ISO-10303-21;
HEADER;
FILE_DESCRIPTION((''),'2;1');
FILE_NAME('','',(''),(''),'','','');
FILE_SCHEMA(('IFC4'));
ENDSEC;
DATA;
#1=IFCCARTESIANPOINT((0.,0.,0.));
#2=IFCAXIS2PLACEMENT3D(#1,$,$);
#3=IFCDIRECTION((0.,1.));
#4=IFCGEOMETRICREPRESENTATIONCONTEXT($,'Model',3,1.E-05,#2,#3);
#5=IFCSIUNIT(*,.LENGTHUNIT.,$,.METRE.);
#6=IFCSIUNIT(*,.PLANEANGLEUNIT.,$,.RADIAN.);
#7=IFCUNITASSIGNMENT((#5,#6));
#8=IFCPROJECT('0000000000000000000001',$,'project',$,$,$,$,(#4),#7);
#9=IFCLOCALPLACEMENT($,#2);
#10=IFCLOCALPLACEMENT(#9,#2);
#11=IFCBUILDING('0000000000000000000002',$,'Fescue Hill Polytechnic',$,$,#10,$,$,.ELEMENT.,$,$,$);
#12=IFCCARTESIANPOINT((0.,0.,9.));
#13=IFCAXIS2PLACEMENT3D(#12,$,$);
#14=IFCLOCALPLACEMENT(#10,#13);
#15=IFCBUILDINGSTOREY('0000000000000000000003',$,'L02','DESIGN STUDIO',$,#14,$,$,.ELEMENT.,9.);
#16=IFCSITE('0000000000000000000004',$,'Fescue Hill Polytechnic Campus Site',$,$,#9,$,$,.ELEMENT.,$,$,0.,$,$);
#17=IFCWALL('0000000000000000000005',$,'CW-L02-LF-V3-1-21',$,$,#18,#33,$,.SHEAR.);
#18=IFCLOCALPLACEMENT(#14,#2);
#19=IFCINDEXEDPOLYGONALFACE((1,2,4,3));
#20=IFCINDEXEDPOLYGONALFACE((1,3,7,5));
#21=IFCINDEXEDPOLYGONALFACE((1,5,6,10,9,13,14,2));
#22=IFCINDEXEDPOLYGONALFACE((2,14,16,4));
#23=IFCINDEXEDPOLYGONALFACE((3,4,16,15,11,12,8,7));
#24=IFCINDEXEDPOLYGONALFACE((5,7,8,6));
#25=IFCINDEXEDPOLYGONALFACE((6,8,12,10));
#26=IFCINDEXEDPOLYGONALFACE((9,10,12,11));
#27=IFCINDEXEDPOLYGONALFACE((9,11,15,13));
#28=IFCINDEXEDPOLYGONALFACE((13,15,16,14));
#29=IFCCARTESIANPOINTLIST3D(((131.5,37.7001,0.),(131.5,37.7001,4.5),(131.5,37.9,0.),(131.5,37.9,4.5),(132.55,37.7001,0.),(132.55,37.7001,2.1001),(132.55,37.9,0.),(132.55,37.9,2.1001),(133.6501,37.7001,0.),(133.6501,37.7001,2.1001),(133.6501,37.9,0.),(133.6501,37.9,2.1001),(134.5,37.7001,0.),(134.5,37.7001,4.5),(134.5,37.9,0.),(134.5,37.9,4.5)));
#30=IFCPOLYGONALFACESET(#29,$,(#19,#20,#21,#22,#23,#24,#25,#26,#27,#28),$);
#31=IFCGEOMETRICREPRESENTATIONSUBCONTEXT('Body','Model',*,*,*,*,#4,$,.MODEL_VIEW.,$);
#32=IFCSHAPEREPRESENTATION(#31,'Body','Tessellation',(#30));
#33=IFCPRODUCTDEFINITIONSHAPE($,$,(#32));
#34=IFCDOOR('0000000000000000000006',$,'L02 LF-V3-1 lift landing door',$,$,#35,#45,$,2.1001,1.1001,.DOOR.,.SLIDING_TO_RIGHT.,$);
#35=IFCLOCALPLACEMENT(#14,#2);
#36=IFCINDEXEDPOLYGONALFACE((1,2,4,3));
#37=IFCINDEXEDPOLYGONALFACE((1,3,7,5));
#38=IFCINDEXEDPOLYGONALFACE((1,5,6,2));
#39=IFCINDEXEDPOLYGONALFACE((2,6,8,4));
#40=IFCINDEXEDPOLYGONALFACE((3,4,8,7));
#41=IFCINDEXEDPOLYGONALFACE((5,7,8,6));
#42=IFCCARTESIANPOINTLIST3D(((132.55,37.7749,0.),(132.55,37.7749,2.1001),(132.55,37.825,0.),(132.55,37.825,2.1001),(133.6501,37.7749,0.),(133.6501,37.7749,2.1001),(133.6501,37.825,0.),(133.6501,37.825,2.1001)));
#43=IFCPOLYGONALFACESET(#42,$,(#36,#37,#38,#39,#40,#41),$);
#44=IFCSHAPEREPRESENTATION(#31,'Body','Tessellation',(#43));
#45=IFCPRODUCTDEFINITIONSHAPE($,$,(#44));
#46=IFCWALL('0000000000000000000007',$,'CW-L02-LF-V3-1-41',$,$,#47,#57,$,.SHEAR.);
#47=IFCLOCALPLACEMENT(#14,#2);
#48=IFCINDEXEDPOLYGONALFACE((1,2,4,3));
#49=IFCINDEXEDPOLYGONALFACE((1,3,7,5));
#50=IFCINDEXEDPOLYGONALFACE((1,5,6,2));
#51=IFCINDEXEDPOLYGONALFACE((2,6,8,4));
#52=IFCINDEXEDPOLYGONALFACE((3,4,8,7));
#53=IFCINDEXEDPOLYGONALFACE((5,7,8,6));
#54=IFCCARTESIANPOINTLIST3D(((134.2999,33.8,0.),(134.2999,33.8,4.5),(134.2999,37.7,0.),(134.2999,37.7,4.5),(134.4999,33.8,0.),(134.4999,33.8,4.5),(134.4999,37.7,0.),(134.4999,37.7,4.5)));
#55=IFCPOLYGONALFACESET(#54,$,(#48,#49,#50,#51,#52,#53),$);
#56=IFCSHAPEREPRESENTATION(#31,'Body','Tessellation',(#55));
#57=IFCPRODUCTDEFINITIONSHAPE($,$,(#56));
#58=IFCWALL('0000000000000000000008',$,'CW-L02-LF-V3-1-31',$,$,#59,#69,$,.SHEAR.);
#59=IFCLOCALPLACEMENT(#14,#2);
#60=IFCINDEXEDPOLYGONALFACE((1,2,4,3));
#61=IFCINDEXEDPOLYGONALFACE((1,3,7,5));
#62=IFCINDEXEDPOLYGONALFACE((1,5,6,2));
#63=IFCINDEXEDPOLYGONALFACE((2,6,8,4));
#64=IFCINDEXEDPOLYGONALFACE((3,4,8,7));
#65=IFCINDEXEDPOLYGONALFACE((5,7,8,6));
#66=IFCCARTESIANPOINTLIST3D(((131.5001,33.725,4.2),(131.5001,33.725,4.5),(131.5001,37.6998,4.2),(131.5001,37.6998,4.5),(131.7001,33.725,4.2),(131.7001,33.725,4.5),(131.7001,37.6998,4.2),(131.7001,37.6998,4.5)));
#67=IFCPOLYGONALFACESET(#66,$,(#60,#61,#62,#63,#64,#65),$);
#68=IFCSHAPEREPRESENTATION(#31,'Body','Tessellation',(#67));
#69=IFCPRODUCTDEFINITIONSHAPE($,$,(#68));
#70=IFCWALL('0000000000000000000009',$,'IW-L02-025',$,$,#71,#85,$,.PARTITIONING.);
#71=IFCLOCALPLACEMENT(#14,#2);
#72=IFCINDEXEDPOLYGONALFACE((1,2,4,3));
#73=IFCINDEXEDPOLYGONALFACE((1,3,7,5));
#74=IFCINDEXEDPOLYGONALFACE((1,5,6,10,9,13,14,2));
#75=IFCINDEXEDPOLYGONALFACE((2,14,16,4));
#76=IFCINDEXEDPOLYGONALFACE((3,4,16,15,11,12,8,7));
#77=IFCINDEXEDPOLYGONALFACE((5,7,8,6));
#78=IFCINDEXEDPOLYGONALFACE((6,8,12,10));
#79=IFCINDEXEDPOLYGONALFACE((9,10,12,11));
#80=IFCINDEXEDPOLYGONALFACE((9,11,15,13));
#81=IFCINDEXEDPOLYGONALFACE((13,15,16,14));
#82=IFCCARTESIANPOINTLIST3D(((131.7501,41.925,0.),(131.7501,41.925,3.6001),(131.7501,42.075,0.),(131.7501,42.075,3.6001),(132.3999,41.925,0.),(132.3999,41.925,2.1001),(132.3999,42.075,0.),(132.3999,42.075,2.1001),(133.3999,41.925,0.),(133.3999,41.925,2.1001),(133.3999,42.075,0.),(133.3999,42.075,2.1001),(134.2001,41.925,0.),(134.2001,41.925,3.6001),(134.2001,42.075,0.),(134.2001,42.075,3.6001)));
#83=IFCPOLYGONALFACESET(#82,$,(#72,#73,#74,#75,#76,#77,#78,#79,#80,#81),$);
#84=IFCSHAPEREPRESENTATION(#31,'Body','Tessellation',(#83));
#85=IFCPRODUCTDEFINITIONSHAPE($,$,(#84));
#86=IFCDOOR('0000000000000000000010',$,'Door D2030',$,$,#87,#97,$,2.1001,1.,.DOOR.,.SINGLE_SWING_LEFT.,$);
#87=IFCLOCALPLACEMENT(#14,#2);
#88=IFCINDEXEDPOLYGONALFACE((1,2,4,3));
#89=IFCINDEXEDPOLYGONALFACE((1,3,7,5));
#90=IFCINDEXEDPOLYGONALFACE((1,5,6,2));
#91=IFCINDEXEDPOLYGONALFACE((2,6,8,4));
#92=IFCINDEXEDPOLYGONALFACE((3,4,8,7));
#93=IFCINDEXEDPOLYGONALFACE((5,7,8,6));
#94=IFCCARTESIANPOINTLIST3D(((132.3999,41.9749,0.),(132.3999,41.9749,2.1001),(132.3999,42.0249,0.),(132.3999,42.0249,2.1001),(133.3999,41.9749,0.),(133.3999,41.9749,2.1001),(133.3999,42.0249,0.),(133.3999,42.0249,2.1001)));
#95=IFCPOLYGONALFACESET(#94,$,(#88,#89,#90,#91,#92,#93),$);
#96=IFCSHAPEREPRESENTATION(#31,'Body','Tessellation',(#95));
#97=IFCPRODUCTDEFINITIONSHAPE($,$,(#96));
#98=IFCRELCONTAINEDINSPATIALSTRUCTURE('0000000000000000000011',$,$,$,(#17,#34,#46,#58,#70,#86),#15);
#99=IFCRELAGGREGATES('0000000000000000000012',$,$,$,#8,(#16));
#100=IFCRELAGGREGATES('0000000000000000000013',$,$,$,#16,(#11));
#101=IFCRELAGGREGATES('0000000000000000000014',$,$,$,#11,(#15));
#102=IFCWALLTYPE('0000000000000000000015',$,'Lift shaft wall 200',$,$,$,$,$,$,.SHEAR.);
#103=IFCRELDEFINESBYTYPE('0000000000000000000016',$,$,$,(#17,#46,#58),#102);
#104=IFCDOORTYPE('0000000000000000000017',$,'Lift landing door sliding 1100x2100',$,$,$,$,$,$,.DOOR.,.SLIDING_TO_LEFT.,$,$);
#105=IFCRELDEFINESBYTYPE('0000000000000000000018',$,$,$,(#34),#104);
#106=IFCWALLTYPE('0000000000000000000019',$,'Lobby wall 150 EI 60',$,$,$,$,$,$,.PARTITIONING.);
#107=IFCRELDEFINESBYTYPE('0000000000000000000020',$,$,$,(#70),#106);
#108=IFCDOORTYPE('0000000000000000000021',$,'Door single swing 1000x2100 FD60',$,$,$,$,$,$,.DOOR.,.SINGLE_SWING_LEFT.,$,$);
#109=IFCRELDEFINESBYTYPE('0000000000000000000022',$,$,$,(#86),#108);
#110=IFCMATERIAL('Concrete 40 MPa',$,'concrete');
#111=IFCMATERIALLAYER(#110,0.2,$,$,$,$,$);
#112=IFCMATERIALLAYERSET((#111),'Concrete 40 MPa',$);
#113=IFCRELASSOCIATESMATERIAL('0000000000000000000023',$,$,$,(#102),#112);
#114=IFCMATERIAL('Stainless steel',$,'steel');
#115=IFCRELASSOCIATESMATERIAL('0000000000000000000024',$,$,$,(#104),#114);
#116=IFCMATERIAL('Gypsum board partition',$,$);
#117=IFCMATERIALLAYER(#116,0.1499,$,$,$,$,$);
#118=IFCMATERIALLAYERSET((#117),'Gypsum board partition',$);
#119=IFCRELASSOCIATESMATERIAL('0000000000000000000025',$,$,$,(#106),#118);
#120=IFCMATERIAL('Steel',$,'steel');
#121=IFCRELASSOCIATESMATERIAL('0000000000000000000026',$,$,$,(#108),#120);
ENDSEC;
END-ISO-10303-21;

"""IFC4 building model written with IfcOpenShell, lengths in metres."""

from ifc_helpers import new_model, si_unit, direction, frame, frame_2d, origin, place, context, subcontext, project, spatial, rectangle, extrude, material, layer, layer_set, type_object, element, fill, save


model = new_model("IFC4")

# Units and contexts
model_context = context("Model", 3, precision=1e-05, world=origin(), true_north=direction((0.0, 1.0)))
body_context = subcontext(model_context, "Body", "Model", "MODEL_VIEW")
ifc_project = project(units=[si_unit("LENGTHUNIT", "METRE"), si_unit("PLANEANGLEUNIT", "RADIAN")], contexts=[model_context])

# Site, building, storey
site_placement = place(None, origin())
site = spatial("IfcSite", under=ifc_project, at=site_placement, Name="Fescue Hill Polytechnic Campus Site", CompositionType="ELEMENT", RefElevation=0.0)
building_placement = place(site_placement, origin())
building = spatial("IfcBuilding", under=site, at=building_placement, Name="Fescue Hill Polytechnic", CompositionType="ELEMENT")
storey_placement = place(building_placement, frame((0.0, 0.0, 9.0)))
storey = spatial("IfcBuildingStorey", under=building, at=storey_placement, Name="L02", Description="DESIGN STUDIO", CompositionType="ELEMENT", Elevation=9.0)

# Shared definitions
ifc_material_1 = material(Name="Concrete 40 MPa", Category="concrete")

# Wall, opening, door
ifc_layer_1 = layer(ifc_material_1, 0.2)
ifc_layer_set_1 = layer_set([ifc_layer_1], Name="Concrete 40 MPa")
wall_type_1 = type_object("IfcWallType", Name="Lift shaft wall 200", PredefinedType="SHEAR", material=ifc_layer_set_1)
wall_1_placement = place(storey_placement, frame((131.5, 37.8, 0.0), z_axis=(0.0, 0.0, 1.0), x_axis=(1.0, 0.0, 0.0)))
wall_1 = element("IfcWall", 1, at=wall_1_placement, inside=storey, type_object=wall_type_1, Name="CW-L02-LF-V3-1-21", PredefinedType="SHEAR", context=body_context, shape_type="SweptSolid", body=[
    extrude(rectangle(XDim=3.0, YDim=0.2, at=frame_2d((1.5, 0.0))), origin(), (0.0, 0.0, 1.0), 4.5),
])
opening_1_placement = place(wall_1_placement, frame((1.05, 0.0, 0.0)))
opening_1 = element("IfcOpeningElement", 2, at=opening_1_placement, cuts=wall_1, PredefinedType="OPENING", context=body_context, shape_type="SweptSolid", body=[
    extrude(rectangle(XDim=1.1001, YDim=2.1001, at=frame_2d((0.55, 1.05))), frame((0.0, 0.1099, 0.0), z_axis=(0.0, -1.0, 0.0), x_axis=(1.0, 0.0, 0.0)), (0.0, 0.0, 1.0), 0.22),
])
ifc_material_2 = material(Name="Stainless steel", Category="steel")
door_type_1 = type_object("IfcDoorType", Name="Lift landing door sliding 1100x2100", OperationType="SLIDING_TO_LEFT", PredefinedType="DOOR", material=ifc_material_2)
door_1_placement = place(opening_1_placement, origin())
door_1 = element("IfcDoor", 3, at=door_1_placement, inside=storey, type_object=door_type_1, Name="L02 LF-V3-1 lift landing door", OperationType="SLIDING_TO_RIGHT", OverallHeight=2.1001, OverallWidth=1.1001, PredefinedType="DOOR", context=body_context, shape_type="SweptSolid", body=[
    extrude(rectangle(XDim=1.1001, YDim=2.1001, at=frame_2d((0.55, 1.05))), frame((0.0, 0.0249, 0.0), z_axis=(0.0, -1.0, 0.0), x_axis=(1.0, 0.0, 0.0)), (0.0, 0.0, 1.0), 0.05),
])
fill(opening_1, door_1)

# Walls
wall_2_placement = place(storey_placement, frame((134.3999, 33.8, 0.0), z_axis=(0.0, 0.0, 1.0), x_axis=(0.0, 1.0, 0.0)))
element("IfcWall", 4, at=wall_2_placement, inside=storey, type_object=wall_type_1, Name="CW-L02-LF-V3-1-41", PredefinedType="SHEAR", context=body_context, shape_type="SweptSolid", body=[
    extrude(rectangle(XDim=3.8999, YDim=0.2, at=frame_2d((1.95, 0.0))), origin(), (0.0, 0.0, 1.0), 4.5),
])
wall_3_placement = place(storey_placement, frame((131.6001, 33.7251, 4.2), z_axis=(0.0, 0.0, 1.0), x_axis=(0.0, 1.0, 0.0)))
element("IfcWall", 5, at=wall_3_placement, inside=storey, type_object=wall_type_1, Name="CW-L02-LF-V3-1-31", PredefinedType="SHEAR", context=body_context, shape_type="SweptSolid", body=[
    extrude(rectangle(XDim=3.9749, YDim=0.2, at=frame_2d((1.9873, 0.0))), origin(), (0.0, 0.0, 1.0), 0.3),
])

# Wall, opening, door
ifc_material_3 = material(Name="Gypsum board partition")
ifc_layer_2 = layer(ifc_material_3, 0.1499)
ifc_layer_set_2 = layer_set([ifc_layer_2], Name="Gypsum board partition")
wall_type_2 = type_object("IfcWallType", Name="Lobby wall 150 EI 60", PredefinedType="PARTITIONING", material=ifc_layer_set_2)
wall_4_placement = place(storey_placement, frame((131.75, 42.0, 0.0), z_axis=(0.0, 0.0, 1.0), x_axis=(1.0, 0.0, 0.0)))
wall_4 = element("IfcWall", 6, at=wall_4_placement, inside=storey, type_object=wall_type_2, Name="IW-L02-025", PredefinedType="PARTITIONING", context=body_context, shape_type="SweptSolid", body=[
    extrude(rectangle(XDim=2.45, YDim=0.1499, at=frame_2d((1.2251, 0.0))), origin(), (0.0, 0.0, 1.0), 3.6001),
])
opening_2_placement = place(wall_4_placement, frame((0.6499, 0.0, 0.0)))
opening_2 = element("IfcOpeningElement", 7, at=opening_2_placement, cuts=wall_4, PredefinedType="OPENING", context=body_context, shape_type="SweptSolid", body=[
    extrude(rectangle(XDim=1.0, YDim=2.1001, at=frame_2d((0.5, 1.05))), frame((0.0, 0.085, 0.0), z_axis=(0.0, -1.0, 0.0), x_axis=(1.0, 0.0, 0.0)), (0.0, 0.0, 1.0), 0.1699),
])
ifc_material_4 = material(Name="Steel", Category="steel")
door_type_2 = type_object("IfcDoorType", Name="Door single swing 1000x2100 FD60", OperationType="SINGLE_SWING_LEFT", PredefinedType="DOOR", material=ifc_material_4)
door_2_placement = place(opening_2_placement, origin())
door_2 = element("IfcDoor", 8, at=door_2_placement, inside=storey, type_object=door_type_2, Name="Door D2030", OperationType="SINGLE_SWING_LEFT", OverallHeight=2.1001, OverallWidth=1.0, PredefinedType="DOOR", context=body_context, shape_type="SweptSolid", body=[
    extrude(rectangle(XDim=1.0, YDim=2.1001, at=frame_2d((0.5, 1.05))), frame((0.0, 0.0249, 0.0), z_axis=(0.0, -1.0, 0.0), x_axis=(1.0, 0.0, 0.0)), (0.0, 0.0, 1.0), 0.05),
])
fill(opening_2, door_2)

save(model, "model.ifc")
